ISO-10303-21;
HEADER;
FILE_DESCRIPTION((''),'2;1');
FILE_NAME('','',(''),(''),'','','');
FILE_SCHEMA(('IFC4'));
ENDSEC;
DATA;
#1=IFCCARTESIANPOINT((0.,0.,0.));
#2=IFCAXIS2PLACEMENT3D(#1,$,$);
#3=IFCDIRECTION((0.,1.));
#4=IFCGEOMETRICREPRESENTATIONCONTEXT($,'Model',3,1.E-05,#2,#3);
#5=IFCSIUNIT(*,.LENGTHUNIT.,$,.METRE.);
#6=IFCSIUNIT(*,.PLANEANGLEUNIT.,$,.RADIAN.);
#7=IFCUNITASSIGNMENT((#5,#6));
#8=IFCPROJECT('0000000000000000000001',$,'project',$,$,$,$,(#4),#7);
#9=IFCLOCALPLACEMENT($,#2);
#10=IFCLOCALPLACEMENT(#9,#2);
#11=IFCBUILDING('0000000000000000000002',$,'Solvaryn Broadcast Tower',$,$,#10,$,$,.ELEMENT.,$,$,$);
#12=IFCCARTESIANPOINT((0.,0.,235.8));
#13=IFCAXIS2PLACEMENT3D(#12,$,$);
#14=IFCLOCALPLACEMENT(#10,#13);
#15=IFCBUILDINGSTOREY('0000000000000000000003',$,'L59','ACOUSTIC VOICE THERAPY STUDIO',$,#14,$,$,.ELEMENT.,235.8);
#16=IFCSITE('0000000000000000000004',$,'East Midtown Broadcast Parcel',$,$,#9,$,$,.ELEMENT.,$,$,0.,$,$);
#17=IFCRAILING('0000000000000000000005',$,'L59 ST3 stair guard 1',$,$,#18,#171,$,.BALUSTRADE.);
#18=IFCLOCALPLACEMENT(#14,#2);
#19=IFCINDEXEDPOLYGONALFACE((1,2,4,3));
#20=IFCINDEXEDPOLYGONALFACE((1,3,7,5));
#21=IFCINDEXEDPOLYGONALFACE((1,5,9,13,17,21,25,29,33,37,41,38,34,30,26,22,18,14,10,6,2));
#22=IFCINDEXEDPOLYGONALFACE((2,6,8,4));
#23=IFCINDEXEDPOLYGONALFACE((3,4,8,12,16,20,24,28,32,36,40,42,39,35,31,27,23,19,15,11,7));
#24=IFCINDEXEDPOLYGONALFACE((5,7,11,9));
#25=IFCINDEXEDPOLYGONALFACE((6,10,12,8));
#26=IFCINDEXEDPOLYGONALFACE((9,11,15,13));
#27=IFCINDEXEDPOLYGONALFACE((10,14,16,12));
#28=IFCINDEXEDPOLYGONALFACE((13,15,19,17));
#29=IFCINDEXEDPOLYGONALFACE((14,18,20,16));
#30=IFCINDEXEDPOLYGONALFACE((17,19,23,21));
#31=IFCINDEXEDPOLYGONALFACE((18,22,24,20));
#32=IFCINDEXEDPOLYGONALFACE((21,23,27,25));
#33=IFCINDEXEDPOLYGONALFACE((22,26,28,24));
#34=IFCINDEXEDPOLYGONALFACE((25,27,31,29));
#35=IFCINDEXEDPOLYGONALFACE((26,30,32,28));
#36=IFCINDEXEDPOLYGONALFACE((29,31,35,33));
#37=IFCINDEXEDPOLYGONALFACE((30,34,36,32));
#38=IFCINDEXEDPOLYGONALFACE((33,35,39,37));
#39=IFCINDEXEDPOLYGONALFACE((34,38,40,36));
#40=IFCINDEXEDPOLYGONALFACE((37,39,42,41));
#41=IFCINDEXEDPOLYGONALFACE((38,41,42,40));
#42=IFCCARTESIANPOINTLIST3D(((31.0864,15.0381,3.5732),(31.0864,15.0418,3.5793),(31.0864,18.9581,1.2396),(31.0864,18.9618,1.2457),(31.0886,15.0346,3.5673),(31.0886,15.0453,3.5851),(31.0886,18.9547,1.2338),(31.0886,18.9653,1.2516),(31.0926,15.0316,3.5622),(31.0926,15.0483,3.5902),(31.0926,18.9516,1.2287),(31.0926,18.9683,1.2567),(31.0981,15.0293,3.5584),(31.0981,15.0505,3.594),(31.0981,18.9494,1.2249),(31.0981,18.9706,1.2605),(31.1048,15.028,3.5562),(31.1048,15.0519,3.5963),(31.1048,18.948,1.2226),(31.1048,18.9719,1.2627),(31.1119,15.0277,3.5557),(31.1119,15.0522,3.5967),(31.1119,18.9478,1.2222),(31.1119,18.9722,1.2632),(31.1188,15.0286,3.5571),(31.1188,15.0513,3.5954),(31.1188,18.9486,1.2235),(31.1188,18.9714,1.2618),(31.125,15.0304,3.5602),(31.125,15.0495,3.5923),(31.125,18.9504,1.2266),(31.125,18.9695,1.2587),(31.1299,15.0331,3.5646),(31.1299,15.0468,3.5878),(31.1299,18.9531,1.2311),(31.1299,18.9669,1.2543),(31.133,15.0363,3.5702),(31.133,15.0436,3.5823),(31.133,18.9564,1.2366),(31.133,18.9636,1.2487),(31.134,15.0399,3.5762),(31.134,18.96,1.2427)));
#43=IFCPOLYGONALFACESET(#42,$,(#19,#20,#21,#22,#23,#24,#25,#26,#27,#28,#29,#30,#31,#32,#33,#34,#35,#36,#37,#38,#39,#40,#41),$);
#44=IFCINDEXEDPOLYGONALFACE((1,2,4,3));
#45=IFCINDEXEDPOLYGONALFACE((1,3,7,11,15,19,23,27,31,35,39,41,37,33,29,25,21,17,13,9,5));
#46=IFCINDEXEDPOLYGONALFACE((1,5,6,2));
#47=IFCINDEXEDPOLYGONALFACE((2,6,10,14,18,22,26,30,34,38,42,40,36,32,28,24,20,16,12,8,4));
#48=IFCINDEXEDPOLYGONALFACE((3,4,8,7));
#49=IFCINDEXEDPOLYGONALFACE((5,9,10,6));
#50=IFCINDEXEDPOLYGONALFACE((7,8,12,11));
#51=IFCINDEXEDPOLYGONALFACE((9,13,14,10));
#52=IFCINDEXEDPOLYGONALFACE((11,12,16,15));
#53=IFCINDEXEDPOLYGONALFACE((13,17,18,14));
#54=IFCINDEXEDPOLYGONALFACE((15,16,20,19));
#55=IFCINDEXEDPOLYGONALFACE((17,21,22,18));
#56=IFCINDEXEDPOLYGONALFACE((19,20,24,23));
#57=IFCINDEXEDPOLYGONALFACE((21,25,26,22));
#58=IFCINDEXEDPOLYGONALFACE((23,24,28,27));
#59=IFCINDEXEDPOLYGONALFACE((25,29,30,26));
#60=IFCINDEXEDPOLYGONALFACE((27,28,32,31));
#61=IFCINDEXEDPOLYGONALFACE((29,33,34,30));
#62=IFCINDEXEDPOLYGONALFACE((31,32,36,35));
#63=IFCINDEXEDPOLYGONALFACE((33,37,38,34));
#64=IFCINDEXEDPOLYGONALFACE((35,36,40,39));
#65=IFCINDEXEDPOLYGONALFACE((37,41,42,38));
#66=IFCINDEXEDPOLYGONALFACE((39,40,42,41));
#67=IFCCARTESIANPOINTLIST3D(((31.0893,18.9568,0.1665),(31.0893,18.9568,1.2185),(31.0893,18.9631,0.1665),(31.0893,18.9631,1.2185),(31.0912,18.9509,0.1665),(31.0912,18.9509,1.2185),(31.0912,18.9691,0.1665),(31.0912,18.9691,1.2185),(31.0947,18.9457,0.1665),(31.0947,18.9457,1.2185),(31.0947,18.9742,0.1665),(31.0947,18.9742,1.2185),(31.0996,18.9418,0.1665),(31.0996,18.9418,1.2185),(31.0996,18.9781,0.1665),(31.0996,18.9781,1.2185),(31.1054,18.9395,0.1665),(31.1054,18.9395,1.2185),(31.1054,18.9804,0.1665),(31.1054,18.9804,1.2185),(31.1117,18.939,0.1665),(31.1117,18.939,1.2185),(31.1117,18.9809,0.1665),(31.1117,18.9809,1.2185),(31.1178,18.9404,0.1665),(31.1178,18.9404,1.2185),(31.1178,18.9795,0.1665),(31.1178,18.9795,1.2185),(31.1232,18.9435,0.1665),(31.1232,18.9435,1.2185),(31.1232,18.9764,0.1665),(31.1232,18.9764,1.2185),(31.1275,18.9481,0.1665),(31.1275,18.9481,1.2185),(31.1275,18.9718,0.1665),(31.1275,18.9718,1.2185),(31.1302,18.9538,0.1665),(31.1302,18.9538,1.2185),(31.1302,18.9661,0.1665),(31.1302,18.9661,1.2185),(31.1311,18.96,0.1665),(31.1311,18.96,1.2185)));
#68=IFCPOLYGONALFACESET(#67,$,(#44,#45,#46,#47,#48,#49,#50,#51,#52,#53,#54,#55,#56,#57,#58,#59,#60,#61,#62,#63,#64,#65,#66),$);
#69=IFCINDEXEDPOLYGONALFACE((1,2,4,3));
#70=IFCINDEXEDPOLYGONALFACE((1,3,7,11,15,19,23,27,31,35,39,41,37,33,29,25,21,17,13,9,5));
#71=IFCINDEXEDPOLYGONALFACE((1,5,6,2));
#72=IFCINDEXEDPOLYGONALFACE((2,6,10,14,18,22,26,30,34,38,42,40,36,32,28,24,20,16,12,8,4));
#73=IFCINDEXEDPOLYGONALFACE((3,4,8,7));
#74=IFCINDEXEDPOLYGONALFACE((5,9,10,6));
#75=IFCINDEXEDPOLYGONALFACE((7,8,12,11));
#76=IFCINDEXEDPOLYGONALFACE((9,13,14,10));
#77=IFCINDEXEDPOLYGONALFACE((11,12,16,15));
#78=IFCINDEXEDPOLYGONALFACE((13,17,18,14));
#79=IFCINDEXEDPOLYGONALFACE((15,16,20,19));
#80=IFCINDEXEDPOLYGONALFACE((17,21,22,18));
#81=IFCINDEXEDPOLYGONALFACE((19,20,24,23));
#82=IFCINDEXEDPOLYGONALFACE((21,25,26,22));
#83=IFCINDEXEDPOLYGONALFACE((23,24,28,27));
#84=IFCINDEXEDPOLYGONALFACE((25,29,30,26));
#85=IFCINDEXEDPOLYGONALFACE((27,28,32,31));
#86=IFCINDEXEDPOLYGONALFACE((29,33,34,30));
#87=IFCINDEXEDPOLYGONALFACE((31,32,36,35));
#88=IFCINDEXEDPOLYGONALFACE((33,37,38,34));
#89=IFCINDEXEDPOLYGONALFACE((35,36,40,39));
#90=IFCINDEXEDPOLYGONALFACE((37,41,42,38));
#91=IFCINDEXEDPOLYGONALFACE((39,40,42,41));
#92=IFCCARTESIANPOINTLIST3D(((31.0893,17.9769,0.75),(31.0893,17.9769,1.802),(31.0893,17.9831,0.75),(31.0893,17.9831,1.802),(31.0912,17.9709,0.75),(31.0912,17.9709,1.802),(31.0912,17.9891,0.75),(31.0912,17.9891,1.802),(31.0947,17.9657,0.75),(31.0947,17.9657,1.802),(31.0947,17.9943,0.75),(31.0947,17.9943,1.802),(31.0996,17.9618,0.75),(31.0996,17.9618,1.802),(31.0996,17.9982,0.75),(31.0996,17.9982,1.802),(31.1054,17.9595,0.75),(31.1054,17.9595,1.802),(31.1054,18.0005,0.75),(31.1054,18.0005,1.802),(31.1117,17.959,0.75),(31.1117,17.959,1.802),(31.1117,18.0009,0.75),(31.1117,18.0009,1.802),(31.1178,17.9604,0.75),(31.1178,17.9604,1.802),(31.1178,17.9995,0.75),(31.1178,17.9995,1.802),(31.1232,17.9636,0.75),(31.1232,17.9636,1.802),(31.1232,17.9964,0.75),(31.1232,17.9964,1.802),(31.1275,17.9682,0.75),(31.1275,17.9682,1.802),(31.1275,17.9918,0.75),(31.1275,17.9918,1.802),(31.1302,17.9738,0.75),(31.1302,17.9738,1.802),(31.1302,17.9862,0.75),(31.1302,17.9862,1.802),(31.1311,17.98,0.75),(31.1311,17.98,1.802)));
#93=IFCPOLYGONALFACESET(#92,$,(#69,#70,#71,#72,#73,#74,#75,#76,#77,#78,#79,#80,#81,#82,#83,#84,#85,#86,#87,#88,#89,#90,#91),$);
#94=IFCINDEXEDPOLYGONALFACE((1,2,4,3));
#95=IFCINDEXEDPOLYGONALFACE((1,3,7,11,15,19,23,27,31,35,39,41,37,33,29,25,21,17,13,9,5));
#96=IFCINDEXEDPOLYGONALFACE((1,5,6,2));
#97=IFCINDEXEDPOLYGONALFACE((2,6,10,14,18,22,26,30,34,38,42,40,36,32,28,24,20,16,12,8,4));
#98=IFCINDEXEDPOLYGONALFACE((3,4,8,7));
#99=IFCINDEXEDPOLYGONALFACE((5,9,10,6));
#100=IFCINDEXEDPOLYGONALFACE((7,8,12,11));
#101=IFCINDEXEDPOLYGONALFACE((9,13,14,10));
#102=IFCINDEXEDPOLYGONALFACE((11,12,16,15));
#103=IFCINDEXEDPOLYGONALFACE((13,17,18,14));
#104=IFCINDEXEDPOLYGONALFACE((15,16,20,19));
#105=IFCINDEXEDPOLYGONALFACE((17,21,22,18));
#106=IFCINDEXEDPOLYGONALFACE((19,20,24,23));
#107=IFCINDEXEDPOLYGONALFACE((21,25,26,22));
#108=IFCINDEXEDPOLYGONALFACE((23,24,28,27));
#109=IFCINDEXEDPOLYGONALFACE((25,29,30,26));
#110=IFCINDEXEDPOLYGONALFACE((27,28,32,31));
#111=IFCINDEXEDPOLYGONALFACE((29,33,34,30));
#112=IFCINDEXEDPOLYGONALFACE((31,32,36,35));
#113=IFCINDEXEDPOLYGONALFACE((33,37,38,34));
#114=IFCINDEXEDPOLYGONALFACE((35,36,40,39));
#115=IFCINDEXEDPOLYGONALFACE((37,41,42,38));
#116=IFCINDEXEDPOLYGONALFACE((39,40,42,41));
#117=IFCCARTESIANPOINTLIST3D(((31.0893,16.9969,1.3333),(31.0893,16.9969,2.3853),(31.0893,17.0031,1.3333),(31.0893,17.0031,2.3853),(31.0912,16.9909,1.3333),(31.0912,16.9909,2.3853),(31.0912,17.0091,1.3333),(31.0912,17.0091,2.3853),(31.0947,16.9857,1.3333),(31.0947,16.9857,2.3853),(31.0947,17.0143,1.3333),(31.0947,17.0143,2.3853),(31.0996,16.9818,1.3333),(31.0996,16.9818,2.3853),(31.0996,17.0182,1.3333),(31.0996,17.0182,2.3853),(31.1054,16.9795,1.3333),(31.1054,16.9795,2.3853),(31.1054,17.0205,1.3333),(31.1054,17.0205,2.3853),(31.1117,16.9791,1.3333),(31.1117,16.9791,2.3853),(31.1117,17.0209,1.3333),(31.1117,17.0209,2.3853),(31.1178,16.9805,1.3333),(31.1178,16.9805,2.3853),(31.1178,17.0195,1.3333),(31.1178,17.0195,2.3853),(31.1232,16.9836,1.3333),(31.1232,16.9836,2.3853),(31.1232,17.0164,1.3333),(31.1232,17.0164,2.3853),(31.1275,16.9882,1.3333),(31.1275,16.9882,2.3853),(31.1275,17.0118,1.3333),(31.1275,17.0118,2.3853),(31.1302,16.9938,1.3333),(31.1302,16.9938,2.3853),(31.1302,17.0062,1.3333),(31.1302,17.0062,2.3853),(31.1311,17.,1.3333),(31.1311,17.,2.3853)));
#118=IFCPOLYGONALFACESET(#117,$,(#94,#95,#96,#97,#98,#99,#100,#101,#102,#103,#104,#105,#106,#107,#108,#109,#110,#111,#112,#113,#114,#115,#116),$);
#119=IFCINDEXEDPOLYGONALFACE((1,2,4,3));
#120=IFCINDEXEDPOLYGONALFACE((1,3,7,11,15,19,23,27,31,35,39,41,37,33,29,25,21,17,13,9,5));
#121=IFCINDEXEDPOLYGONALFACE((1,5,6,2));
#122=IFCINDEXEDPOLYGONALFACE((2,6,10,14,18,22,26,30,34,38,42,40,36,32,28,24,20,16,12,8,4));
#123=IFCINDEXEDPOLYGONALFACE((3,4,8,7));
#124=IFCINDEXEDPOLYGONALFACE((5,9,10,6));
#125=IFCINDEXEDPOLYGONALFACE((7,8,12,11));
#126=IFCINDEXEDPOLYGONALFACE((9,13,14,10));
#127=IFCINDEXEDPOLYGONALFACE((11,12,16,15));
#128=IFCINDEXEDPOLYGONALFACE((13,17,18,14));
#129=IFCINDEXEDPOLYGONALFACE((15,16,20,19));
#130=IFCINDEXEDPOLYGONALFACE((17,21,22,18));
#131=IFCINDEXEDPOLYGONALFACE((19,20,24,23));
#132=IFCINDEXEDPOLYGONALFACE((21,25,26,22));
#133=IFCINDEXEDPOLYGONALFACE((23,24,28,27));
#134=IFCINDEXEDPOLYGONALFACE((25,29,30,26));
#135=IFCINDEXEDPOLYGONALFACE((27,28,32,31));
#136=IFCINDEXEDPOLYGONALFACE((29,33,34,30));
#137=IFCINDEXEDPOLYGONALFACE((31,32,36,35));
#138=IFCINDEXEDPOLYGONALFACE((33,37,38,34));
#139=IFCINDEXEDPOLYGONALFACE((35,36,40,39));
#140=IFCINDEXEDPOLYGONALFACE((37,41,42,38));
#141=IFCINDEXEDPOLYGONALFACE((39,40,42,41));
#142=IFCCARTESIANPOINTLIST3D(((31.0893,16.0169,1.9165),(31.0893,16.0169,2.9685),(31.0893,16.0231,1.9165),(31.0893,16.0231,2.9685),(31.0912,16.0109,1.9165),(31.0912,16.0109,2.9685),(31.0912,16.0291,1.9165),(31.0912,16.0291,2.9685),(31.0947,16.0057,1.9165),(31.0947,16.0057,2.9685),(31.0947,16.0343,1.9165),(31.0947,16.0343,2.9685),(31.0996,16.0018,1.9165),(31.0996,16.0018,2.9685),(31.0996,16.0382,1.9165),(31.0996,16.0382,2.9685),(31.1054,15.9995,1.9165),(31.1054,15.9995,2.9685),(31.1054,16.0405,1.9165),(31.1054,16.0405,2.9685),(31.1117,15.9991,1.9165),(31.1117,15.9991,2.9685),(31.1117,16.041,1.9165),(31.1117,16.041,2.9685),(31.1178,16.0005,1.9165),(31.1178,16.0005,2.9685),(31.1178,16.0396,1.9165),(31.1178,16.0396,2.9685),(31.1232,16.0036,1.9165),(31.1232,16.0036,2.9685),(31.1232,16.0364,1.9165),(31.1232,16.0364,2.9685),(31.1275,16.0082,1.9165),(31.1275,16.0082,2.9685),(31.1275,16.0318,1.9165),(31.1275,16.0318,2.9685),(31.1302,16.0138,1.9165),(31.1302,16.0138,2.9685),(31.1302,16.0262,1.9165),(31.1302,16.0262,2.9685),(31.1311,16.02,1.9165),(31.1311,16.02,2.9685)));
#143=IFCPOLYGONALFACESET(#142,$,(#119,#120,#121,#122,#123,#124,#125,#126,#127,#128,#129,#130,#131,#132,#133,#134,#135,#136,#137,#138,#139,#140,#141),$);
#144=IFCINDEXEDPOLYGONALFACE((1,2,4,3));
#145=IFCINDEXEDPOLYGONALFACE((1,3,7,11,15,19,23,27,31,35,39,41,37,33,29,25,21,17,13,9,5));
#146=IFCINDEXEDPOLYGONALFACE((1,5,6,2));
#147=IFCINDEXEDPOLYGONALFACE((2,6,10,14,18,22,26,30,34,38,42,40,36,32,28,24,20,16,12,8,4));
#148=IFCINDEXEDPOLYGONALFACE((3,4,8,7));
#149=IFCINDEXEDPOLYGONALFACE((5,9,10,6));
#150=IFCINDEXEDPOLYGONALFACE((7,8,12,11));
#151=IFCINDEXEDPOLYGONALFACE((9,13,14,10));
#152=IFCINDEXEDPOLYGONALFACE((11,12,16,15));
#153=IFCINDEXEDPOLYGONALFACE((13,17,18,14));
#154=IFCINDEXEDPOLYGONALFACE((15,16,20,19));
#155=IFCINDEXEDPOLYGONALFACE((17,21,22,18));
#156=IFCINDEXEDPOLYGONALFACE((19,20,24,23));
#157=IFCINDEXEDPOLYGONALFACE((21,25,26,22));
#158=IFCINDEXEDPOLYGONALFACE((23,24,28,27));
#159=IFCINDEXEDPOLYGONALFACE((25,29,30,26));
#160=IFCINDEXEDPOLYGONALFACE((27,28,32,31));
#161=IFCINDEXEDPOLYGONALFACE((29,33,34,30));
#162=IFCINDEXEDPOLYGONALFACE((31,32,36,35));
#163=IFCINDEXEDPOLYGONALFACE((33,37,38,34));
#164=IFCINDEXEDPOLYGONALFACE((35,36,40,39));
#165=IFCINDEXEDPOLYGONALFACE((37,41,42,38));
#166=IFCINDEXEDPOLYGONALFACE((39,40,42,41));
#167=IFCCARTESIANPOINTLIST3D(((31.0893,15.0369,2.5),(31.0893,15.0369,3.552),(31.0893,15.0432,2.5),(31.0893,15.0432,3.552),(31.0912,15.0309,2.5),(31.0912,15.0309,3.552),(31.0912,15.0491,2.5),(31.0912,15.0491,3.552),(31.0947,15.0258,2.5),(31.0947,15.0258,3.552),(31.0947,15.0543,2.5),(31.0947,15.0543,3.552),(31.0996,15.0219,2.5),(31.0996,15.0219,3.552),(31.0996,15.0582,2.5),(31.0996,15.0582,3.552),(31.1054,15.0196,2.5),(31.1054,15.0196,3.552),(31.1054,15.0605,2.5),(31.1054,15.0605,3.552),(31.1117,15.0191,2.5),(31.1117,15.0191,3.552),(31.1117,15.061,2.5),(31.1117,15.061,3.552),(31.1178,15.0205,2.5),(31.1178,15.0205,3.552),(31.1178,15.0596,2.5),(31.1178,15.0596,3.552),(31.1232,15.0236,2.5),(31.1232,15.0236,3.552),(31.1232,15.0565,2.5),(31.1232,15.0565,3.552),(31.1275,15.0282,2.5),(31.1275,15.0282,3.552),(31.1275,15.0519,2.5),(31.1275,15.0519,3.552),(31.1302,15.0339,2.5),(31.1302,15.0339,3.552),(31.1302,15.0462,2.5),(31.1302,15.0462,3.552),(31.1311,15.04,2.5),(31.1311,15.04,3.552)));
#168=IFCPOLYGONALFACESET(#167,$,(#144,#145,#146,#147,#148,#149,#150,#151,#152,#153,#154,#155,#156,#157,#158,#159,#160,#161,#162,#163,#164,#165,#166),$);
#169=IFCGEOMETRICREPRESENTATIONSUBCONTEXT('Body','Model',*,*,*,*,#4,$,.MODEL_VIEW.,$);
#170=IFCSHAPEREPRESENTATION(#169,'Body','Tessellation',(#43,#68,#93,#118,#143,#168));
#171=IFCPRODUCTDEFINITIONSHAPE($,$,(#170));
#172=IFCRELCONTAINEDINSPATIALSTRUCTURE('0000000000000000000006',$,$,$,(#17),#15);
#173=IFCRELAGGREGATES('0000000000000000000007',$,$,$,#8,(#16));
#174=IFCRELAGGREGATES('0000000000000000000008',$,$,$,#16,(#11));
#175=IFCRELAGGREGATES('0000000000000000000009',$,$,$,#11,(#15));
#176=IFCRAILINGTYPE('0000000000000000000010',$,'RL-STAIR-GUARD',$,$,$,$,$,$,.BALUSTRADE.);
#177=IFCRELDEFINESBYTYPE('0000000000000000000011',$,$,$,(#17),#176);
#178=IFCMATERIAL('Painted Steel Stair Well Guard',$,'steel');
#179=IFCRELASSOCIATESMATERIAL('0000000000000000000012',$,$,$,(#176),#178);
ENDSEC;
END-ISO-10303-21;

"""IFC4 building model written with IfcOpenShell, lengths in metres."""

from ifc_helpers import new_model, si_unit, direction, frame, origin, origin_2d, place, context, subcontext, project, spatial, circle, extrude, material, type_object, element, save


model = new_model("IFC4")

# Units and contexts
model_context = context("Model", 3, precision=1e-05, world=origin(), true_north=direction((0.0, 1.0)))
body_context = subcontext(model_context, "Body", "Model", "MODEL_VIEW")
ifc_project = project(units=[si_unit("LENGTHUNIT", "METRE"), si_unit("PLANEANGLEUNIT", "RADIAN")], contexts=[model_context])

# Site, building, storey
site_placement = place(None, origin())
site = spatial("IfcSite", under=ifc_project, at=site_placement, Name="East Midtown Broadcast Parcel", CompositionType="ELEMENT", RefElevation=0.0)
building_placement = place(site_placement, origin())
building = spatial("IfcBuilding", under=site, at=building_placement, Name="Solvaryn Broadcast Tower", CompositionType="ELEMENT")
storey_placement = place(building_placement, frame((0.0, 0.0, 235.8)))
storey = spatial("IfcBuildingStorey", under=building, at=storey_placement, Name="L59", Description="ACOUSTIC VOICE THERAPY STUDIO", CompositionType="ELEMENT", Elevation=235.8)

# Railing
ifc_material_1 = material(Name="Painted Steel Stair Well Guard", Category="steel")
railing_type_1 = type_object("IfcRailingType", Name="RL-STAIR-GUARD", PredefinedType="BALUSTRADE", material=ifc_material_1)
railing_1_placement = place(storey_placement, frame((31.1101, 18.96, 0.1665)))
element("IfcRailing", 1, at=railing_1_placement, inside=storey, type_object=railing_type_1, Name="L59 ST3 stair guard 1", PredefinedType="BALUSTRADE", context=body_context, shape_type="SweptSolid", body=[
    extrude(circle(Radius=0.0239, at=origin_2d()), frame((0.0, 0.0, 1.0762), z_axis=(0.0, -0.859273, 0.511518), x_axis=(1.0, 0.0, 0.0)), (0.0, 0.0, 1.0), 4.562),
    extrude(circle(Radius=0.021, at=origin_2d()), origin(), (0.0, 0.0, 1.0), 1.052),
    extrude(circle(Radius=0.021, at=origin_2d()), frame((0.0, -0.98, 0.5835)), (0.0, 0.0, 1.0), 1.052),
    extrude(circle(Radius=0.021, at=origin_2d()), frame((0.0, -1.96, 1.1667)), (0.0, 0.0, 1.0), 1.052),
    extrude(circle(Radius=0.021, at=origin_2d()), frame((0.0, -2.9399, 1.75)), (0.0, 0.0, 1.0), 1.052),
    extrude(circle(Radius=0.021, at=origin_2d()), frame((0.0, -3.9199, 2.3335)), (0.0, 0.0, 1.0), 1.052),
])

save(model, "model.ifc")
